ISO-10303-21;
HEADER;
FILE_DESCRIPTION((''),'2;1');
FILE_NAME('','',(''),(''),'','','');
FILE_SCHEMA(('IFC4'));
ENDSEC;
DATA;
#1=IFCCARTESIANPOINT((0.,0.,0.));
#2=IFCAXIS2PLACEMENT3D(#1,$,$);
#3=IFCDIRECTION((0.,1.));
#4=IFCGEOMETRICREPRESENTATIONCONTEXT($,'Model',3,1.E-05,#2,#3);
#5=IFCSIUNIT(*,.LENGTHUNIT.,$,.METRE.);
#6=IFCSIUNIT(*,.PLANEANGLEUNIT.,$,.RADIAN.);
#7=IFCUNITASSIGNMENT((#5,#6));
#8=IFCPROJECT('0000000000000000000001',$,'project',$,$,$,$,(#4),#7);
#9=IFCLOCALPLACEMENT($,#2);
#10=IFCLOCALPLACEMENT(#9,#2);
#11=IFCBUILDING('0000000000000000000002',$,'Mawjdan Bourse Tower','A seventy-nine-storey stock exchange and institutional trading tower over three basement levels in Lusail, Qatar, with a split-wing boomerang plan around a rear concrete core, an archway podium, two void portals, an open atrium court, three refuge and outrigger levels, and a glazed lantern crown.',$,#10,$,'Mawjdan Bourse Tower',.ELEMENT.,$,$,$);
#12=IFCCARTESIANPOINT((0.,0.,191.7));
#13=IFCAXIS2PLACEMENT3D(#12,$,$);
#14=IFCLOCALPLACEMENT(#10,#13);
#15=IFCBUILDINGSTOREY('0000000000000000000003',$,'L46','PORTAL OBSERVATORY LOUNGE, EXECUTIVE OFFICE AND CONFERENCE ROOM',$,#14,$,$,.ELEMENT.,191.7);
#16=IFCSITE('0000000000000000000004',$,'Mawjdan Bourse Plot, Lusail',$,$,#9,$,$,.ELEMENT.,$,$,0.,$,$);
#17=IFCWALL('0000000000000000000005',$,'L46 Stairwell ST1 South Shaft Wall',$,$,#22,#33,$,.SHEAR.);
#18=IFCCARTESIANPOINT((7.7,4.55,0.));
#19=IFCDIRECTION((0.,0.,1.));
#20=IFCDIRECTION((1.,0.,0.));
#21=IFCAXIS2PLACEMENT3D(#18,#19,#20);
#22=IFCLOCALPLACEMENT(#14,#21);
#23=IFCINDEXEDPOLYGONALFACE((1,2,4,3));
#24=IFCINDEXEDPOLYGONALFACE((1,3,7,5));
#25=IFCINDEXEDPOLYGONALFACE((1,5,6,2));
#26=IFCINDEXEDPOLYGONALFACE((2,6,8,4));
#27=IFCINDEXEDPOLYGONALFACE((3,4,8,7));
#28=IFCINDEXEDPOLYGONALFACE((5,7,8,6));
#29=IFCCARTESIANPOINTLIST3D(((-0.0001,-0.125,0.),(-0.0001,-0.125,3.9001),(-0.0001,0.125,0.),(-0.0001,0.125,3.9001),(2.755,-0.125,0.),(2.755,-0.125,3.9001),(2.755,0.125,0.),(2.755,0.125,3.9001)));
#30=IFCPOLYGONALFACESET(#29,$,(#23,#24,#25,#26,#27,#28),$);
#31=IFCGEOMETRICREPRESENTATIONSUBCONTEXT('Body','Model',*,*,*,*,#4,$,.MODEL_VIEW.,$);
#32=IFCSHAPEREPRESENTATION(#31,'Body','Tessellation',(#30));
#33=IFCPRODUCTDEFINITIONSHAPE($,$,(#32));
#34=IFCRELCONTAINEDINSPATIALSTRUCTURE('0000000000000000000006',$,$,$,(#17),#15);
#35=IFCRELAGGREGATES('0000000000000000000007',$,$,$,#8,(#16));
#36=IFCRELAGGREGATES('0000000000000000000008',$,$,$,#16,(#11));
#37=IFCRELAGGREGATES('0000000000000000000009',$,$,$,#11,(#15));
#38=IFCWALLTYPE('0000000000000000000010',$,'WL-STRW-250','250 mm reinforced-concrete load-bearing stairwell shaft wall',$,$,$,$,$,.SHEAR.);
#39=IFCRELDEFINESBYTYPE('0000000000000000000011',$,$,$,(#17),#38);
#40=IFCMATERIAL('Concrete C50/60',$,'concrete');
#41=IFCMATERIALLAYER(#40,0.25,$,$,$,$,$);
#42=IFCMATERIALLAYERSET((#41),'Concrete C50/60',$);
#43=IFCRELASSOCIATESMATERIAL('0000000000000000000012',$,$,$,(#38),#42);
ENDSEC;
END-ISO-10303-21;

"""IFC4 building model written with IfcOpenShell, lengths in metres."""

from ifc_helpers import new_model, si_unit, direction, frame, frame_2d, origin, place, context, subcontext, project, spatial, rectangle, extrude, material, layer, layer_set, type_object, element, save


model = new_model("IFC4")

# Units and contexts
model_context = context("Model", 3, precision=1e-05, world=origin(), true_north=direction((0.0, 1.0)))
body_context = subcontext(model_context, "Body", "Model", "MODEL_VIEW")
ifc_project = project(units=[si_unit("LENGTHUNIT", "METRE"), si_unit("PLANEANGLEUNIT", "RADIAN")], contexts=[model_context])

# Site, building, storey
site_placement = place(None, origin())
site = spatial("IfcSite", under=ifc_project, at=site_placement, Name="Mawjdan Bourse Plot, Lusail", CompositionType="ELEMENT", RefElevation=0.0)
building_placement = place(site_placement, origin())
building = spatial("IfcBuilding", under=site, at=building_placement, Name="Mawjdan Bourse Tower", Description="A seventy-nine-storey stock exchange and institutional trading tower over three basement levels in Lusail, Qatar, with a split-wing boomerang plan around a rear concrete core, an archway podium, two void portals, an open atrium court, three refuge and outrigger levels, and a glazed lantern crown.", LongName="Mawjdan Bourse Tower", CompositionType="ELEMENT")
storey_placement = place(building_placement, frame((0.0, 0.0, 191.7)))
storey = spatial("IfcBuildingStorey", under=building, at=storey_placement, Name="L46", Description="PORTAL OBSERVATORY LOUNGE, EXECUTIVE OFFICE AND CONFERENCE ROOM", CompositionType="ELEMENT", Elevation=191.7)

# Shared definitions
ifc_material_1 = material(Name="Concrete C50/60", Category="concrete")

# Wall
ifc_layer_1 = layer(ifc_material_1, 0.25)
ifc_layer_set_1 = layer_set([ifc_layer_1], Name="Concrete C50/60")
wall_type_1 = type_object("IfcWallType", Name="WL-STRW-250", Description="250 mm reinforced-concrete load-bearing stairwell shaft wall", PredefinedType="SHEAR", material=ifc_layer_set_1)
wall_1_placement = place(storey_placement, frame((7.7, 4.55, 0.0), z_axis=(0.0, 0.0, 1.0), x_axis=(1.0, 0.0, 0.0)))
element("IfcWall", 1, at=wall_1_placement, inside=storey, type_object=wall_type_1, Name="L46 Stairwell ST1 South Shaft Wall", PredefinedType="SHEAR", context=body_context, shape_type="SweptSolid", body=[
    extrude(rectangle(XDim=2.7551, YDim=0.25, at=frame_2d((1.3774, 0.0))), origin(), (0.0, 0.0, 1.0), 3.9001),
])

save(model, "model.ifc")
